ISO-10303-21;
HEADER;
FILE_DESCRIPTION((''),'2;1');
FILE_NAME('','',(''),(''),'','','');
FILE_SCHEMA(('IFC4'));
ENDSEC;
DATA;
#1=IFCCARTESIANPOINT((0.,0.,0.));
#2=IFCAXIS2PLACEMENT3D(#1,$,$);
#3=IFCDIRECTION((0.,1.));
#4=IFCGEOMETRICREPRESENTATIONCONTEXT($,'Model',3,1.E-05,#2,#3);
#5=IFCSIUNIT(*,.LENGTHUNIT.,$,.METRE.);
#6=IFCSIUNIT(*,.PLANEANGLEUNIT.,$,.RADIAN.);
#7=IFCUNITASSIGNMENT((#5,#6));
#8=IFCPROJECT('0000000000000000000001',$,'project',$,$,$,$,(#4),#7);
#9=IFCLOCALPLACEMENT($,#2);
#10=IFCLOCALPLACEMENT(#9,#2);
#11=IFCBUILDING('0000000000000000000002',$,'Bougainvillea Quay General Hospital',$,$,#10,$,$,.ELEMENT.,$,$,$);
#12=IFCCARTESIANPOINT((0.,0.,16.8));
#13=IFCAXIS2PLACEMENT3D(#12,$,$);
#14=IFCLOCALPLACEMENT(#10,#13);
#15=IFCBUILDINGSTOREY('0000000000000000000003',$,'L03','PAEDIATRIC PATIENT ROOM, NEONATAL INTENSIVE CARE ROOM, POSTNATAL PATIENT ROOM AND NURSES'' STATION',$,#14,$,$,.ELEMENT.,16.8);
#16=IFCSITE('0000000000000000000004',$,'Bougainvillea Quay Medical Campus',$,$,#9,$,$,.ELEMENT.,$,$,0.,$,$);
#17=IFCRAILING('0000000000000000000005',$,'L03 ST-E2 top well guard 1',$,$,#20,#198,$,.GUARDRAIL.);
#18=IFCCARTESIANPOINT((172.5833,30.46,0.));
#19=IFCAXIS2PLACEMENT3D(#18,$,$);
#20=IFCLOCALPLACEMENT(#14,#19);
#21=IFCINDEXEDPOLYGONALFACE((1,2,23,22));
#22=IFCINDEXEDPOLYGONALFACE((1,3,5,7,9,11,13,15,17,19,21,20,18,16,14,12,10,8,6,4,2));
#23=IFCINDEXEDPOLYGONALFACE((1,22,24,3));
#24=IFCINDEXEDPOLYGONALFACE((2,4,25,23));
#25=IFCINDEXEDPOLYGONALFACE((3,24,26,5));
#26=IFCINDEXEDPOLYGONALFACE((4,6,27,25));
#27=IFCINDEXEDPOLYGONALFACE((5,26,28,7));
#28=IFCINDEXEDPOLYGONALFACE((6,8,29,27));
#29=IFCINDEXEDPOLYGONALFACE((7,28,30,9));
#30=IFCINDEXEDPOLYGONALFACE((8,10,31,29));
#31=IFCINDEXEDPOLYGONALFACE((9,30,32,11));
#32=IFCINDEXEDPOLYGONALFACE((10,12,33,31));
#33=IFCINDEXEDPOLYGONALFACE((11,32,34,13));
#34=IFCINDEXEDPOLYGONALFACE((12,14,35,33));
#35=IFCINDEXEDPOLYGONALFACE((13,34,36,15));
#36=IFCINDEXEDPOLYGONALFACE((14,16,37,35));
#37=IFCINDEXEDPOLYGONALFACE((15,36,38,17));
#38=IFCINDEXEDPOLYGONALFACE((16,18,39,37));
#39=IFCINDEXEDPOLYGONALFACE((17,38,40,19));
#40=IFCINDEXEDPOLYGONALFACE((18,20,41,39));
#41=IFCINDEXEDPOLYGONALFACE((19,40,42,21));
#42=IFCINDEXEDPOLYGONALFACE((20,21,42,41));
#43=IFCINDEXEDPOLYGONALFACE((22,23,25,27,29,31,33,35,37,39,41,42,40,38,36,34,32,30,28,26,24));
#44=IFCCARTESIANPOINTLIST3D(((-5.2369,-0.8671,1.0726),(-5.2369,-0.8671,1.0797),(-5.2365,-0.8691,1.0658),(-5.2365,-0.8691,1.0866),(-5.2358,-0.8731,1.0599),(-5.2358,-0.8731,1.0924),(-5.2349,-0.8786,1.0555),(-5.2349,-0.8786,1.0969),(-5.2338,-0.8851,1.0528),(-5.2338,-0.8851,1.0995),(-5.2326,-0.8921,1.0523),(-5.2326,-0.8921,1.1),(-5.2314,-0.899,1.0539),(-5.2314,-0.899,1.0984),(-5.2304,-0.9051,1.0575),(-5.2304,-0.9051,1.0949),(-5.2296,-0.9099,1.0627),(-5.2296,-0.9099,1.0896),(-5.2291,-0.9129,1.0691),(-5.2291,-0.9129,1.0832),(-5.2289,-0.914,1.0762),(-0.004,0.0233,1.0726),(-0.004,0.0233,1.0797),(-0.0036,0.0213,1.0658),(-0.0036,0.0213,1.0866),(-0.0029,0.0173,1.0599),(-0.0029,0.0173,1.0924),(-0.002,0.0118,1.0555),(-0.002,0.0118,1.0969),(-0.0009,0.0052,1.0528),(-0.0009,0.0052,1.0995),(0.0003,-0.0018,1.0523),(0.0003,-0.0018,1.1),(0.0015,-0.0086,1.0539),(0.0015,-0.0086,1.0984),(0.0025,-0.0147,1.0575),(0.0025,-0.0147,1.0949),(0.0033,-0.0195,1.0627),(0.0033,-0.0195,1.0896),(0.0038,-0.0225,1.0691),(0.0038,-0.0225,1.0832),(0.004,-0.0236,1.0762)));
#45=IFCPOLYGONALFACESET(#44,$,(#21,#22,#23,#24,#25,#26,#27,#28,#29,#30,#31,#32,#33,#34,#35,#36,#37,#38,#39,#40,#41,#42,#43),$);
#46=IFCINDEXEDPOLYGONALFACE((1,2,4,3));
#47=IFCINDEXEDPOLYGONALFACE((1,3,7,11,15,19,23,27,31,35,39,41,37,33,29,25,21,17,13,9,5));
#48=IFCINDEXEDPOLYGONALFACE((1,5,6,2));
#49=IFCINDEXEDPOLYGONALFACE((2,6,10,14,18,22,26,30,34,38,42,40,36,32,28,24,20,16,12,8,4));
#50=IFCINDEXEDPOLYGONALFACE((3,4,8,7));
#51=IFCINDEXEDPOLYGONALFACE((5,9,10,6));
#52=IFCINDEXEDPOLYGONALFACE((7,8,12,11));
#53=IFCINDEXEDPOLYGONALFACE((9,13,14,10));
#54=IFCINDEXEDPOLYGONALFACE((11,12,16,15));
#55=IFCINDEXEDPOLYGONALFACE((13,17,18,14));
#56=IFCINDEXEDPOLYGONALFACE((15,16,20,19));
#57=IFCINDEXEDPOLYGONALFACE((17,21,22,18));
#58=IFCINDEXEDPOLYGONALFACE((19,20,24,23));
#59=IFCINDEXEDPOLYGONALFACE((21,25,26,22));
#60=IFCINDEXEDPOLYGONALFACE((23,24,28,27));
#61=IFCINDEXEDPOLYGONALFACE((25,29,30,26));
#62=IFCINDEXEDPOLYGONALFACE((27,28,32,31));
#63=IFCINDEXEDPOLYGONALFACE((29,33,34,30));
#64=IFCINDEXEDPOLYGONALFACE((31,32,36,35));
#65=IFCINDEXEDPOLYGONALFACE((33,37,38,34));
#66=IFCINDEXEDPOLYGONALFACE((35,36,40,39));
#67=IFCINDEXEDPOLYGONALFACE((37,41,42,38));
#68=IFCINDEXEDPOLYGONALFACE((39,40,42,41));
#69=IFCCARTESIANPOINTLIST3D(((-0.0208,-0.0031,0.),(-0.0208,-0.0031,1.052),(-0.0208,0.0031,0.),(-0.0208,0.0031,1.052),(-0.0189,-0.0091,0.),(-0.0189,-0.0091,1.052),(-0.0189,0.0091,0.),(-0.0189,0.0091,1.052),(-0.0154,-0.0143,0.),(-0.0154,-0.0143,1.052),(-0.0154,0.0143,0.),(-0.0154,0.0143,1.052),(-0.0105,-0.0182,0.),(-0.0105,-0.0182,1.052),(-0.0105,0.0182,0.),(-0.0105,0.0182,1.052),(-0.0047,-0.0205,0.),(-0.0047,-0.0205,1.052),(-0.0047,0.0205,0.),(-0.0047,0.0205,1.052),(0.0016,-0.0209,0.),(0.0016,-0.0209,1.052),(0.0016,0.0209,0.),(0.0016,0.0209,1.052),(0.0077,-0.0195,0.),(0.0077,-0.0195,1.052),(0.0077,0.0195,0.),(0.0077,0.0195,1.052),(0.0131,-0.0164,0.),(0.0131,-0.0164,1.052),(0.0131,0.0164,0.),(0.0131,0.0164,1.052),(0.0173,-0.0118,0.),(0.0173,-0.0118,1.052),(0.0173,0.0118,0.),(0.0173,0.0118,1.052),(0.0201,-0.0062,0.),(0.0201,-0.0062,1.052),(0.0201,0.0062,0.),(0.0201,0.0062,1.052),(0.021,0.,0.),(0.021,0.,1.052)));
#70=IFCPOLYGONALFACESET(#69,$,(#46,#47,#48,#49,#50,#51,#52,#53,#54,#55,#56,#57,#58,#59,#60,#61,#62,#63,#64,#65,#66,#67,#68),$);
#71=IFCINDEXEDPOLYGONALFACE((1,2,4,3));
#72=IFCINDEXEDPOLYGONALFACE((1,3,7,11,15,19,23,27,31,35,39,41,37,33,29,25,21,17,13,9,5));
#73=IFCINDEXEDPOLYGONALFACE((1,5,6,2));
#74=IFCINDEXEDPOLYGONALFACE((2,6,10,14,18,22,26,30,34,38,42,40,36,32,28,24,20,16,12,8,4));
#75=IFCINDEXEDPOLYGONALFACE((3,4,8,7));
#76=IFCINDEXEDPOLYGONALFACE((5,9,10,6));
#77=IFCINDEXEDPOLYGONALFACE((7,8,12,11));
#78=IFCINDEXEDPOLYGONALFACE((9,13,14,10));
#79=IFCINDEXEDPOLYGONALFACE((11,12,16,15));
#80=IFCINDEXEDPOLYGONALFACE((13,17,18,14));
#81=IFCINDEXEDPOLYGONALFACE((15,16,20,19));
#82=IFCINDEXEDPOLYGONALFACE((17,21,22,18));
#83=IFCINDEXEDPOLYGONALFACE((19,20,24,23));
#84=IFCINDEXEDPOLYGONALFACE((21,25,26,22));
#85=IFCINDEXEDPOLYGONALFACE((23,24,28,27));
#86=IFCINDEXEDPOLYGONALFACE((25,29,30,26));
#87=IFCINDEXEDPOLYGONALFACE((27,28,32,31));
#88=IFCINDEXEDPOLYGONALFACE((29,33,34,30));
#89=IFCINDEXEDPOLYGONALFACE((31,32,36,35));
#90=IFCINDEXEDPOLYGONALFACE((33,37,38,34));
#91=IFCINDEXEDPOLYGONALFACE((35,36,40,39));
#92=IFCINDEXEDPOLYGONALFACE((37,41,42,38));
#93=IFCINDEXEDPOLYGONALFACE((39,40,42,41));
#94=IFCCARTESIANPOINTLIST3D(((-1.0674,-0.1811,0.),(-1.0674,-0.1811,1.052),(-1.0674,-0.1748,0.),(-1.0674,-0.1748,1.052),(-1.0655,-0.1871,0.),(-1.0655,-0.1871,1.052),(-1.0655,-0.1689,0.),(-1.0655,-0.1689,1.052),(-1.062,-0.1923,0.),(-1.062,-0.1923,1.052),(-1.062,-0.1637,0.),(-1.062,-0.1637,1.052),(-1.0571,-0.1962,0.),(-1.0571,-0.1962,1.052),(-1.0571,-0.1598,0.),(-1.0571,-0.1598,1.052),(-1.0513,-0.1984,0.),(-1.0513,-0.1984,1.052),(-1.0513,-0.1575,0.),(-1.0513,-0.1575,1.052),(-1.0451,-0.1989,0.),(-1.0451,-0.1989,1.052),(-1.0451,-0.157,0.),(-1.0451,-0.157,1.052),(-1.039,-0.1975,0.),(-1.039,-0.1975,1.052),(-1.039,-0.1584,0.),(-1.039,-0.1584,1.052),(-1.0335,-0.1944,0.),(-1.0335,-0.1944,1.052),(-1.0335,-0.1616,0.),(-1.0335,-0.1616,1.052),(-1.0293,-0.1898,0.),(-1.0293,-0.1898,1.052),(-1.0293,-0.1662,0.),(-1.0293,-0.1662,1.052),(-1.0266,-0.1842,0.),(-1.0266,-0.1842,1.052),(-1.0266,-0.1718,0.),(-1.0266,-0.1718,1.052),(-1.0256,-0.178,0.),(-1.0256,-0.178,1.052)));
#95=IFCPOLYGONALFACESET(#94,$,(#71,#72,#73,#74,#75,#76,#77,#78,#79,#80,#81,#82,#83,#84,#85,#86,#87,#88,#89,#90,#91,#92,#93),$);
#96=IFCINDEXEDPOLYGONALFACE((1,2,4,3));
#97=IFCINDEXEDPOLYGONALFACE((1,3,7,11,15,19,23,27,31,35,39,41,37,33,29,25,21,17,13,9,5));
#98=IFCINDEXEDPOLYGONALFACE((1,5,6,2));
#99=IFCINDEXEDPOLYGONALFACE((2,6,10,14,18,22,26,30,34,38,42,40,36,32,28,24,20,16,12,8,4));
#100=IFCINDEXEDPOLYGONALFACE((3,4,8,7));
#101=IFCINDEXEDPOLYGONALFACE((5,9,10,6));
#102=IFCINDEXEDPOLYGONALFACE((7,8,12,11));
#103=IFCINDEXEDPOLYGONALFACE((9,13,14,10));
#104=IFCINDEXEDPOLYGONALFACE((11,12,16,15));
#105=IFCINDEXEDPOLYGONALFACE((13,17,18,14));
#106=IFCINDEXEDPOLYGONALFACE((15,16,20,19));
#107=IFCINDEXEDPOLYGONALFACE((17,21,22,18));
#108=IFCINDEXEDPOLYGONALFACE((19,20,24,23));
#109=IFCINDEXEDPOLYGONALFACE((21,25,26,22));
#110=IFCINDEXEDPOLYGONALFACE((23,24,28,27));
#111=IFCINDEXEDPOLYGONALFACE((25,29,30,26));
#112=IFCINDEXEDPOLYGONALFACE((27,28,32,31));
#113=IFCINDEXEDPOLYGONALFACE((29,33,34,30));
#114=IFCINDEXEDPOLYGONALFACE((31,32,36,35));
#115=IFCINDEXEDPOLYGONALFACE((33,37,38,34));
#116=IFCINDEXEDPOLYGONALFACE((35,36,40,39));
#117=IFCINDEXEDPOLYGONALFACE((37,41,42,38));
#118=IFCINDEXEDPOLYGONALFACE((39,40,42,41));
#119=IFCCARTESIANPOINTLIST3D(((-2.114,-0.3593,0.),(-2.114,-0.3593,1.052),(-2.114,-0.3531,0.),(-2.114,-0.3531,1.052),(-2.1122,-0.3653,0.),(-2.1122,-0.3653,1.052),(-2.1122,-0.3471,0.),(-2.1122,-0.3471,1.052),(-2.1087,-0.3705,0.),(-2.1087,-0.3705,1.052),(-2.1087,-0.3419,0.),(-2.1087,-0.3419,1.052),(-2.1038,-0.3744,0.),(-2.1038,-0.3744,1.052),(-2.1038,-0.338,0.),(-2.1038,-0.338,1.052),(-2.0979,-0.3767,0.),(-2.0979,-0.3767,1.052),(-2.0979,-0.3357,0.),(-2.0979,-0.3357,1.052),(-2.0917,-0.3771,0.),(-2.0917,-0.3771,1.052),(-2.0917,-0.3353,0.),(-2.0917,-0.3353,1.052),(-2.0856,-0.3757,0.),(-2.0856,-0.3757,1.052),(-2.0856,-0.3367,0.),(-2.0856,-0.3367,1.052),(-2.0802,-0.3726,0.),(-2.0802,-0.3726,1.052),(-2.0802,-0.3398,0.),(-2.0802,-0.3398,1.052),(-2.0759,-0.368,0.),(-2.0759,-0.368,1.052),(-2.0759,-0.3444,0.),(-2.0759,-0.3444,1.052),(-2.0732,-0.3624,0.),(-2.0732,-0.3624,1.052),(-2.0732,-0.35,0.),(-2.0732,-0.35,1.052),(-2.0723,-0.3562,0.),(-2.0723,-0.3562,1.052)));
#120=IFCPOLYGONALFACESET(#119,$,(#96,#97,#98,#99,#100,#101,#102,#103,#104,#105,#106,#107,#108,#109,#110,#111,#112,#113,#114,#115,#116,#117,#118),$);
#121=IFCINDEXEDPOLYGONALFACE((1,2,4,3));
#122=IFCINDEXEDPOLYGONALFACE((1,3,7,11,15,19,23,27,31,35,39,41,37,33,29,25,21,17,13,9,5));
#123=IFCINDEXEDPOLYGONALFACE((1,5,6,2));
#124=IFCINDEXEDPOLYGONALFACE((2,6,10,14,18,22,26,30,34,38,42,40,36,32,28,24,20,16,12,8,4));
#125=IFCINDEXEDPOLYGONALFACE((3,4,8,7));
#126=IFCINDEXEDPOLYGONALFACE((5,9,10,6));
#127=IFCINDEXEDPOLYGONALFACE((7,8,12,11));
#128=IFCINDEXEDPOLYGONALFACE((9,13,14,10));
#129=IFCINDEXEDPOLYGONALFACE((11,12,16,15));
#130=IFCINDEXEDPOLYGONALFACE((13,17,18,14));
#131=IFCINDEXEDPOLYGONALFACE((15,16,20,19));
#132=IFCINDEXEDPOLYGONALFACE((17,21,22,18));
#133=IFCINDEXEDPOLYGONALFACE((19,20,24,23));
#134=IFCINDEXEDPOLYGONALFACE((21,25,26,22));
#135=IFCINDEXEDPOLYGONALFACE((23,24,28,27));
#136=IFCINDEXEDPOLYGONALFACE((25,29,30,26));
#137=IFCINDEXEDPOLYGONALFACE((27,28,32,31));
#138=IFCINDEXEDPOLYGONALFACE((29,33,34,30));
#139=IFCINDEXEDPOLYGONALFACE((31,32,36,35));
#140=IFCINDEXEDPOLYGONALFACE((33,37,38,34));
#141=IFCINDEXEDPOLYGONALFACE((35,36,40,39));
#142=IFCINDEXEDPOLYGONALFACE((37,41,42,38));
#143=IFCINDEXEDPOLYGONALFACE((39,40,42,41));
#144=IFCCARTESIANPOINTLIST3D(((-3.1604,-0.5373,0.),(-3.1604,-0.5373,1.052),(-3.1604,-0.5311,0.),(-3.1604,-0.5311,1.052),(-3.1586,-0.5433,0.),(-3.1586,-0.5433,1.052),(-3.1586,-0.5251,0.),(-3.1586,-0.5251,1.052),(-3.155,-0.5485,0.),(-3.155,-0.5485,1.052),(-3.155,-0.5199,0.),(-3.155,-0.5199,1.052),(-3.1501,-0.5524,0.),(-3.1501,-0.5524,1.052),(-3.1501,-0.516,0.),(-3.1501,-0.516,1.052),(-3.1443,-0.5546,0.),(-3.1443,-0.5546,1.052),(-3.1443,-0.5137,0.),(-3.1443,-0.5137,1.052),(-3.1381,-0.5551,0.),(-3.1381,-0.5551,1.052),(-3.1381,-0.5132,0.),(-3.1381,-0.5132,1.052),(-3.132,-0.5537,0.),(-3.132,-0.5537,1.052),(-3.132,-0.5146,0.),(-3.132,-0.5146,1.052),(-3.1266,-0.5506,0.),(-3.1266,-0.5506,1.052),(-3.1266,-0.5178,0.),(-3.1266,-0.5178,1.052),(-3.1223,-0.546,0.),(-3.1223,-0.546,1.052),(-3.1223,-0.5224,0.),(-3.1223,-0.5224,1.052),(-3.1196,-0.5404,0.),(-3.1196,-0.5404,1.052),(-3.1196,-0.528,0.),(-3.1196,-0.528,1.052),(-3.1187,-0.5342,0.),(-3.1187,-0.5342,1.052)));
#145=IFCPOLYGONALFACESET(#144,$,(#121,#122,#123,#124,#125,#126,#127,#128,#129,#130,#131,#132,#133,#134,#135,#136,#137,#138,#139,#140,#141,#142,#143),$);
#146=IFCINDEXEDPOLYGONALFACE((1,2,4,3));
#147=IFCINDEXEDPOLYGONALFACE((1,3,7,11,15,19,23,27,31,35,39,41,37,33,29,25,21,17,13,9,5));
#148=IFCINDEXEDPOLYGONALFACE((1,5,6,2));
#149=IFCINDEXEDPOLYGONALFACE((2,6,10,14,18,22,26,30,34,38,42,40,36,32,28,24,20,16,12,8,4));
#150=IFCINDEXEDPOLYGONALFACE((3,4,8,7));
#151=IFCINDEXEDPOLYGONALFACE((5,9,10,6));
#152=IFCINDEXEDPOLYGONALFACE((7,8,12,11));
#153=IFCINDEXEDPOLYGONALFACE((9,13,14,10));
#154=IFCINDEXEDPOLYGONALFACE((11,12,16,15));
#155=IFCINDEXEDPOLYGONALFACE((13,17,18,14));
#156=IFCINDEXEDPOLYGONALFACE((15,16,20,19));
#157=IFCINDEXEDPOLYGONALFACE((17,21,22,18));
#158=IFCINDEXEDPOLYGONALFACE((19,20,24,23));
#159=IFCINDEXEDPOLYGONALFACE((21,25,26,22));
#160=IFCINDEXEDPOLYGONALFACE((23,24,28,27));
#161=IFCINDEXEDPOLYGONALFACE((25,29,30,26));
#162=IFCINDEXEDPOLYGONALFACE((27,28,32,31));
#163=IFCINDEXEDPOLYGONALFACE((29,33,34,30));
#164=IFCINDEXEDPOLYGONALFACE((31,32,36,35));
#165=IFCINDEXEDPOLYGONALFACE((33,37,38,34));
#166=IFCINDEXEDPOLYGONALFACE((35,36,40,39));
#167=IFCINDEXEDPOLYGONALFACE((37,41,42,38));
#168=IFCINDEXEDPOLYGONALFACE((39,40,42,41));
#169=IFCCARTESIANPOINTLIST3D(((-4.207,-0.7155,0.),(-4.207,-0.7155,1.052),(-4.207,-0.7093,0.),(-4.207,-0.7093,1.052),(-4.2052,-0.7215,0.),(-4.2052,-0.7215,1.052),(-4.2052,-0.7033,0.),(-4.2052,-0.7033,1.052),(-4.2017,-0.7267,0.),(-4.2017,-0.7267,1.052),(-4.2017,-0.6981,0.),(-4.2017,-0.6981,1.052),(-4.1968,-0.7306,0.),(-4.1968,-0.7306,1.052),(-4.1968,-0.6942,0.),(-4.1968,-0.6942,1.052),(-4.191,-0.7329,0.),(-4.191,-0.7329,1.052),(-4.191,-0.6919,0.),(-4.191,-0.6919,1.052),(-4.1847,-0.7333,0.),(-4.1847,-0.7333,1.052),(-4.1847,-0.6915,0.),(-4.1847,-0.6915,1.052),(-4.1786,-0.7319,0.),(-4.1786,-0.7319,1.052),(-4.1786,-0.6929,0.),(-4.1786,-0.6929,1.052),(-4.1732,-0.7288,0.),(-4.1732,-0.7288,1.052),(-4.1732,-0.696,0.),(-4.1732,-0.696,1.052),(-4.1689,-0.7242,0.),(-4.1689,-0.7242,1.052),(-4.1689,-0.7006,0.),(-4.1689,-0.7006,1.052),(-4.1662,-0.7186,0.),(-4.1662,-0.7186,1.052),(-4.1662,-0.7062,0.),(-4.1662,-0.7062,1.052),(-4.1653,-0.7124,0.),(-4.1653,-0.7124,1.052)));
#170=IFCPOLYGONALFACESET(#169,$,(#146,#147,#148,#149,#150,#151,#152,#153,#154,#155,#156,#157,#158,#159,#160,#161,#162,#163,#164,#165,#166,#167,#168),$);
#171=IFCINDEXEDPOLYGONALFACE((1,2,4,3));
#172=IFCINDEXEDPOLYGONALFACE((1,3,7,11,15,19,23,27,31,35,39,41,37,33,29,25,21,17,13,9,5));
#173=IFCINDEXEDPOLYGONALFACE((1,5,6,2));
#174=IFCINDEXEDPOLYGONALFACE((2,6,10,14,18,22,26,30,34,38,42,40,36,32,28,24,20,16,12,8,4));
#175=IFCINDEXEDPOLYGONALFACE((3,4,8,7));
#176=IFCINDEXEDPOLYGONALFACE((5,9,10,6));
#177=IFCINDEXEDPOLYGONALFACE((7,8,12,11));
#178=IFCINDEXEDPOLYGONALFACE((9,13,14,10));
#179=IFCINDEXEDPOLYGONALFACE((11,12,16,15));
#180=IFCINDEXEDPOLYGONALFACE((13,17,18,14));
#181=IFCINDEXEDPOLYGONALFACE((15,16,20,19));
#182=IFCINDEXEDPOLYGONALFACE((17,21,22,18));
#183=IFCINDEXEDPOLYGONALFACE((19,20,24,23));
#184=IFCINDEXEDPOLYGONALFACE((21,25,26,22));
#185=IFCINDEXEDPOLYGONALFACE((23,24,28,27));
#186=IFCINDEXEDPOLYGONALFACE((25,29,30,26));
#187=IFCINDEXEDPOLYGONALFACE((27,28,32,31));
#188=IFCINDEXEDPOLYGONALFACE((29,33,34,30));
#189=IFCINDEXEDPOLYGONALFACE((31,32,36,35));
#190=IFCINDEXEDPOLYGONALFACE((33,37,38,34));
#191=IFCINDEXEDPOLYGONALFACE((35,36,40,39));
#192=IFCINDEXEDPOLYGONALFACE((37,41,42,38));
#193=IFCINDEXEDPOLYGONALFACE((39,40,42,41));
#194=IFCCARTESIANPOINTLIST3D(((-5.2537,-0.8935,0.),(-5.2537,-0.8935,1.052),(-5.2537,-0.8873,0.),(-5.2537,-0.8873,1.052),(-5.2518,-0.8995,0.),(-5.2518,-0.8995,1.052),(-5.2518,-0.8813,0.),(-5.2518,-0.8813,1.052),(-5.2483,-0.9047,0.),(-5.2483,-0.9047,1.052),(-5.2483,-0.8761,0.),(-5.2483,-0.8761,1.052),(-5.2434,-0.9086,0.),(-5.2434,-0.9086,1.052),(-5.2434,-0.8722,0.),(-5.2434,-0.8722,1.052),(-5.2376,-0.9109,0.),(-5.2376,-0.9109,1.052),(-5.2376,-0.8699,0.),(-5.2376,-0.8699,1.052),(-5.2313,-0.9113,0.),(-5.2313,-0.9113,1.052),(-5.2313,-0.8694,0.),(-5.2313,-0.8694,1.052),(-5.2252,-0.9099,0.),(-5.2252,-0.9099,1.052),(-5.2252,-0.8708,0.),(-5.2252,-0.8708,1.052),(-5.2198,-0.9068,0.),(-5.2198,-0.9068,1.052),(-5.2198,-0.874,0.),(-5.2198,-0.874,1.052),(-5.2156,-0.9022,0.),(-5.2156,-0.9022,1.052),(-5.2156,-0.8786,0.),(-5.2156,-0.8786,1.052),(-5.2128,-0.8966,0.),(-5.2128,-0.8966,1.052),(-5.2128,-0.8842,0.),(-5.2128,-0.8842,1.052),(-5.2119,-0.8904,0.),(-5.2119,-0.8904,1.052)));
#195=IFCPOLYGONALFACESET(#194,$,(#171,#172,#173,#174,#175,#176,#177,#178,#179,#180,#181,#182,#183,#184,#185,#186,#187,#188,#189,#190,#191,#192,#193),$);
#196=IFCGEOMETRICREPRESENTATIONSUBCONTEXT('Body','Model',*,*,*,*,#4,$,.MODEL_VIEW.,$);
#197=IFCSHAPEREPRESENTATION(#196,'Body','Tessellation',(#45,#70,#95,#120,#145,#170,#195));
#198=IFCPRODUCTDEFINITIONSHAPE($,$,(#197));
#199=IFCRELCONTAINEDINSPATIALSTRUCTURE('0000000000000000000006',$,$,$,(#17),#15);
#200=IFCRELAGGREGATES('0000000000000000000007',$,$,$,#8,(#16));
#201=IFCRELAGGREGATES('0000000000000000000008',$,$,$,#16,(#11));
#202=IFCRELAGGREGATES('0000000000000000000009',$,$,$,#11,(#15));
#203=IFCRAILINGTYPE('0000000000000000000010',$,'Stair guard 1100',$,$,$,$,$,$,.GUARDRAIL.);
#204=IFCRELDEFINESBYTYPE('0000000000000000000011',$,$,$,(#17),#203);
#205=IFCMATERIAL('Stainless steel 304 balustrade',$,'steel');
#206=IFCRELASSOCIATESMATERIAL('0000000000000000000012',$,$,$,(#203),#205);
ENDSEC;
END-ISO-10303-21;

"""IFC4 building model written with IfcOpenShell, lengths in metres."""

from ifc_helpers import new_model, si_unit, direction, frame, origin, origin_2d, place, context, subcontext, project, spatial, circle, extrude, material, type_object, element, save


model = new_model("IFC4")

# Units and contexts
model_context = context("Model", 3, precision=1e-05, world=origin(), true_north=direction((0.0, 1.0)))
body_context = subcontext(model_context, "Body", "Model", "MODEL_VIEW")
ifc_project = project(units=[si_unit("LENGTHUNIT", "METRE"), si_unit("PLANEANGLEUNIT", "RADIAN")], contexts=[model_context])

# Site, building, storey
site_placement = place(None, origin())
site = spatial("IfcSite", under=ifc_project, at=site_placement, Name="Bougainvillea Quay Medical Campus", CompositionType="ELEMENT", RefElevation=0.0)
building_placement = place(site_placement, origin())
building = spatial("IfcBuilding", under=site, at=building_placement, Name="Bougainvillea Quay General Hospital", CompositionType="ELEMENT")
storey_placement = place(building_placement, frame((0.0, 0.0, 16.8)))
storey = spatial("IfcBuildingStorey", under=building, at=storey_placement, Name="L03", Description="PAEDIATRIC PATIENT ROOM, NEONATAL INTENSIVE CARE ROOM, POSTNATAL PATIENT ROOM AND NURSES' STATION", CompositionType="ELEMENT", Elevation=16.8)

# Railing
ifc_material_1 = material(Name="Stainless steel 304 balustrade", Category="steel")
railing_type = type_object("IfcRailingType", Name="Stair guard 1100", PredefinedType="GUARDRAIL", material=ifc_material_1)
railing_1_placement = place(storey_placement, frame((172.5833, 30.46, 0.0)))
element("IfcRailing", 1, at=railing_1_placement, inside=storey, type_object=railing_type, Name="L03 ST-E2 top well guard 1", PredefinedType="GUARDRAIL", context=body_context, shape_type="SweptSolid", body=[
    extrude(circle(Radius=0.0239, at=origin_2d()), frame((0.0, 0.0, 1.0762), z_axis=(-0.985831, -0.167739, 0.0), x_axis=(0.167739, -0.985831, 0.0)), (0.0, 0.0, 1.0), 5.3081),
    extrude(circle(Radius=0.021, at=origin_2d()), origin(), (0.0, 0.0, 1.0), 1.052),
    extrude(circle(Radius=0.021, at=origin_2d()), frame((-1.0466, -0.178, 0.0)), (0.0, 0.0, 1.0), 1.052),
    extrude(circle(Radius=0.021, at=origin_2d()), frame((-2.0933, -0.3562, 0.0)), (0.0, 0.0, 1.0), 1.052),
    extrude(circle(Radius=0.021, at=origin_2d()), frame((-3.1396, -0.5342, 0.0)), (0.0, 0.0, 1.0), 1.052),
    extrude(circle(Radius=0.021, at=origin_2d()), frame((-4.1863, -0.7124, 0.0)), (0.0, 0.0, 1.0), 1.052),
    extrude(circle(Radius=0.021, at=origin_2d()), frame((-5.2329, -0.8904, 0.0)), (0.0, 0.0, 1.0), 1.052),
])

save(model, "model.ifc")
